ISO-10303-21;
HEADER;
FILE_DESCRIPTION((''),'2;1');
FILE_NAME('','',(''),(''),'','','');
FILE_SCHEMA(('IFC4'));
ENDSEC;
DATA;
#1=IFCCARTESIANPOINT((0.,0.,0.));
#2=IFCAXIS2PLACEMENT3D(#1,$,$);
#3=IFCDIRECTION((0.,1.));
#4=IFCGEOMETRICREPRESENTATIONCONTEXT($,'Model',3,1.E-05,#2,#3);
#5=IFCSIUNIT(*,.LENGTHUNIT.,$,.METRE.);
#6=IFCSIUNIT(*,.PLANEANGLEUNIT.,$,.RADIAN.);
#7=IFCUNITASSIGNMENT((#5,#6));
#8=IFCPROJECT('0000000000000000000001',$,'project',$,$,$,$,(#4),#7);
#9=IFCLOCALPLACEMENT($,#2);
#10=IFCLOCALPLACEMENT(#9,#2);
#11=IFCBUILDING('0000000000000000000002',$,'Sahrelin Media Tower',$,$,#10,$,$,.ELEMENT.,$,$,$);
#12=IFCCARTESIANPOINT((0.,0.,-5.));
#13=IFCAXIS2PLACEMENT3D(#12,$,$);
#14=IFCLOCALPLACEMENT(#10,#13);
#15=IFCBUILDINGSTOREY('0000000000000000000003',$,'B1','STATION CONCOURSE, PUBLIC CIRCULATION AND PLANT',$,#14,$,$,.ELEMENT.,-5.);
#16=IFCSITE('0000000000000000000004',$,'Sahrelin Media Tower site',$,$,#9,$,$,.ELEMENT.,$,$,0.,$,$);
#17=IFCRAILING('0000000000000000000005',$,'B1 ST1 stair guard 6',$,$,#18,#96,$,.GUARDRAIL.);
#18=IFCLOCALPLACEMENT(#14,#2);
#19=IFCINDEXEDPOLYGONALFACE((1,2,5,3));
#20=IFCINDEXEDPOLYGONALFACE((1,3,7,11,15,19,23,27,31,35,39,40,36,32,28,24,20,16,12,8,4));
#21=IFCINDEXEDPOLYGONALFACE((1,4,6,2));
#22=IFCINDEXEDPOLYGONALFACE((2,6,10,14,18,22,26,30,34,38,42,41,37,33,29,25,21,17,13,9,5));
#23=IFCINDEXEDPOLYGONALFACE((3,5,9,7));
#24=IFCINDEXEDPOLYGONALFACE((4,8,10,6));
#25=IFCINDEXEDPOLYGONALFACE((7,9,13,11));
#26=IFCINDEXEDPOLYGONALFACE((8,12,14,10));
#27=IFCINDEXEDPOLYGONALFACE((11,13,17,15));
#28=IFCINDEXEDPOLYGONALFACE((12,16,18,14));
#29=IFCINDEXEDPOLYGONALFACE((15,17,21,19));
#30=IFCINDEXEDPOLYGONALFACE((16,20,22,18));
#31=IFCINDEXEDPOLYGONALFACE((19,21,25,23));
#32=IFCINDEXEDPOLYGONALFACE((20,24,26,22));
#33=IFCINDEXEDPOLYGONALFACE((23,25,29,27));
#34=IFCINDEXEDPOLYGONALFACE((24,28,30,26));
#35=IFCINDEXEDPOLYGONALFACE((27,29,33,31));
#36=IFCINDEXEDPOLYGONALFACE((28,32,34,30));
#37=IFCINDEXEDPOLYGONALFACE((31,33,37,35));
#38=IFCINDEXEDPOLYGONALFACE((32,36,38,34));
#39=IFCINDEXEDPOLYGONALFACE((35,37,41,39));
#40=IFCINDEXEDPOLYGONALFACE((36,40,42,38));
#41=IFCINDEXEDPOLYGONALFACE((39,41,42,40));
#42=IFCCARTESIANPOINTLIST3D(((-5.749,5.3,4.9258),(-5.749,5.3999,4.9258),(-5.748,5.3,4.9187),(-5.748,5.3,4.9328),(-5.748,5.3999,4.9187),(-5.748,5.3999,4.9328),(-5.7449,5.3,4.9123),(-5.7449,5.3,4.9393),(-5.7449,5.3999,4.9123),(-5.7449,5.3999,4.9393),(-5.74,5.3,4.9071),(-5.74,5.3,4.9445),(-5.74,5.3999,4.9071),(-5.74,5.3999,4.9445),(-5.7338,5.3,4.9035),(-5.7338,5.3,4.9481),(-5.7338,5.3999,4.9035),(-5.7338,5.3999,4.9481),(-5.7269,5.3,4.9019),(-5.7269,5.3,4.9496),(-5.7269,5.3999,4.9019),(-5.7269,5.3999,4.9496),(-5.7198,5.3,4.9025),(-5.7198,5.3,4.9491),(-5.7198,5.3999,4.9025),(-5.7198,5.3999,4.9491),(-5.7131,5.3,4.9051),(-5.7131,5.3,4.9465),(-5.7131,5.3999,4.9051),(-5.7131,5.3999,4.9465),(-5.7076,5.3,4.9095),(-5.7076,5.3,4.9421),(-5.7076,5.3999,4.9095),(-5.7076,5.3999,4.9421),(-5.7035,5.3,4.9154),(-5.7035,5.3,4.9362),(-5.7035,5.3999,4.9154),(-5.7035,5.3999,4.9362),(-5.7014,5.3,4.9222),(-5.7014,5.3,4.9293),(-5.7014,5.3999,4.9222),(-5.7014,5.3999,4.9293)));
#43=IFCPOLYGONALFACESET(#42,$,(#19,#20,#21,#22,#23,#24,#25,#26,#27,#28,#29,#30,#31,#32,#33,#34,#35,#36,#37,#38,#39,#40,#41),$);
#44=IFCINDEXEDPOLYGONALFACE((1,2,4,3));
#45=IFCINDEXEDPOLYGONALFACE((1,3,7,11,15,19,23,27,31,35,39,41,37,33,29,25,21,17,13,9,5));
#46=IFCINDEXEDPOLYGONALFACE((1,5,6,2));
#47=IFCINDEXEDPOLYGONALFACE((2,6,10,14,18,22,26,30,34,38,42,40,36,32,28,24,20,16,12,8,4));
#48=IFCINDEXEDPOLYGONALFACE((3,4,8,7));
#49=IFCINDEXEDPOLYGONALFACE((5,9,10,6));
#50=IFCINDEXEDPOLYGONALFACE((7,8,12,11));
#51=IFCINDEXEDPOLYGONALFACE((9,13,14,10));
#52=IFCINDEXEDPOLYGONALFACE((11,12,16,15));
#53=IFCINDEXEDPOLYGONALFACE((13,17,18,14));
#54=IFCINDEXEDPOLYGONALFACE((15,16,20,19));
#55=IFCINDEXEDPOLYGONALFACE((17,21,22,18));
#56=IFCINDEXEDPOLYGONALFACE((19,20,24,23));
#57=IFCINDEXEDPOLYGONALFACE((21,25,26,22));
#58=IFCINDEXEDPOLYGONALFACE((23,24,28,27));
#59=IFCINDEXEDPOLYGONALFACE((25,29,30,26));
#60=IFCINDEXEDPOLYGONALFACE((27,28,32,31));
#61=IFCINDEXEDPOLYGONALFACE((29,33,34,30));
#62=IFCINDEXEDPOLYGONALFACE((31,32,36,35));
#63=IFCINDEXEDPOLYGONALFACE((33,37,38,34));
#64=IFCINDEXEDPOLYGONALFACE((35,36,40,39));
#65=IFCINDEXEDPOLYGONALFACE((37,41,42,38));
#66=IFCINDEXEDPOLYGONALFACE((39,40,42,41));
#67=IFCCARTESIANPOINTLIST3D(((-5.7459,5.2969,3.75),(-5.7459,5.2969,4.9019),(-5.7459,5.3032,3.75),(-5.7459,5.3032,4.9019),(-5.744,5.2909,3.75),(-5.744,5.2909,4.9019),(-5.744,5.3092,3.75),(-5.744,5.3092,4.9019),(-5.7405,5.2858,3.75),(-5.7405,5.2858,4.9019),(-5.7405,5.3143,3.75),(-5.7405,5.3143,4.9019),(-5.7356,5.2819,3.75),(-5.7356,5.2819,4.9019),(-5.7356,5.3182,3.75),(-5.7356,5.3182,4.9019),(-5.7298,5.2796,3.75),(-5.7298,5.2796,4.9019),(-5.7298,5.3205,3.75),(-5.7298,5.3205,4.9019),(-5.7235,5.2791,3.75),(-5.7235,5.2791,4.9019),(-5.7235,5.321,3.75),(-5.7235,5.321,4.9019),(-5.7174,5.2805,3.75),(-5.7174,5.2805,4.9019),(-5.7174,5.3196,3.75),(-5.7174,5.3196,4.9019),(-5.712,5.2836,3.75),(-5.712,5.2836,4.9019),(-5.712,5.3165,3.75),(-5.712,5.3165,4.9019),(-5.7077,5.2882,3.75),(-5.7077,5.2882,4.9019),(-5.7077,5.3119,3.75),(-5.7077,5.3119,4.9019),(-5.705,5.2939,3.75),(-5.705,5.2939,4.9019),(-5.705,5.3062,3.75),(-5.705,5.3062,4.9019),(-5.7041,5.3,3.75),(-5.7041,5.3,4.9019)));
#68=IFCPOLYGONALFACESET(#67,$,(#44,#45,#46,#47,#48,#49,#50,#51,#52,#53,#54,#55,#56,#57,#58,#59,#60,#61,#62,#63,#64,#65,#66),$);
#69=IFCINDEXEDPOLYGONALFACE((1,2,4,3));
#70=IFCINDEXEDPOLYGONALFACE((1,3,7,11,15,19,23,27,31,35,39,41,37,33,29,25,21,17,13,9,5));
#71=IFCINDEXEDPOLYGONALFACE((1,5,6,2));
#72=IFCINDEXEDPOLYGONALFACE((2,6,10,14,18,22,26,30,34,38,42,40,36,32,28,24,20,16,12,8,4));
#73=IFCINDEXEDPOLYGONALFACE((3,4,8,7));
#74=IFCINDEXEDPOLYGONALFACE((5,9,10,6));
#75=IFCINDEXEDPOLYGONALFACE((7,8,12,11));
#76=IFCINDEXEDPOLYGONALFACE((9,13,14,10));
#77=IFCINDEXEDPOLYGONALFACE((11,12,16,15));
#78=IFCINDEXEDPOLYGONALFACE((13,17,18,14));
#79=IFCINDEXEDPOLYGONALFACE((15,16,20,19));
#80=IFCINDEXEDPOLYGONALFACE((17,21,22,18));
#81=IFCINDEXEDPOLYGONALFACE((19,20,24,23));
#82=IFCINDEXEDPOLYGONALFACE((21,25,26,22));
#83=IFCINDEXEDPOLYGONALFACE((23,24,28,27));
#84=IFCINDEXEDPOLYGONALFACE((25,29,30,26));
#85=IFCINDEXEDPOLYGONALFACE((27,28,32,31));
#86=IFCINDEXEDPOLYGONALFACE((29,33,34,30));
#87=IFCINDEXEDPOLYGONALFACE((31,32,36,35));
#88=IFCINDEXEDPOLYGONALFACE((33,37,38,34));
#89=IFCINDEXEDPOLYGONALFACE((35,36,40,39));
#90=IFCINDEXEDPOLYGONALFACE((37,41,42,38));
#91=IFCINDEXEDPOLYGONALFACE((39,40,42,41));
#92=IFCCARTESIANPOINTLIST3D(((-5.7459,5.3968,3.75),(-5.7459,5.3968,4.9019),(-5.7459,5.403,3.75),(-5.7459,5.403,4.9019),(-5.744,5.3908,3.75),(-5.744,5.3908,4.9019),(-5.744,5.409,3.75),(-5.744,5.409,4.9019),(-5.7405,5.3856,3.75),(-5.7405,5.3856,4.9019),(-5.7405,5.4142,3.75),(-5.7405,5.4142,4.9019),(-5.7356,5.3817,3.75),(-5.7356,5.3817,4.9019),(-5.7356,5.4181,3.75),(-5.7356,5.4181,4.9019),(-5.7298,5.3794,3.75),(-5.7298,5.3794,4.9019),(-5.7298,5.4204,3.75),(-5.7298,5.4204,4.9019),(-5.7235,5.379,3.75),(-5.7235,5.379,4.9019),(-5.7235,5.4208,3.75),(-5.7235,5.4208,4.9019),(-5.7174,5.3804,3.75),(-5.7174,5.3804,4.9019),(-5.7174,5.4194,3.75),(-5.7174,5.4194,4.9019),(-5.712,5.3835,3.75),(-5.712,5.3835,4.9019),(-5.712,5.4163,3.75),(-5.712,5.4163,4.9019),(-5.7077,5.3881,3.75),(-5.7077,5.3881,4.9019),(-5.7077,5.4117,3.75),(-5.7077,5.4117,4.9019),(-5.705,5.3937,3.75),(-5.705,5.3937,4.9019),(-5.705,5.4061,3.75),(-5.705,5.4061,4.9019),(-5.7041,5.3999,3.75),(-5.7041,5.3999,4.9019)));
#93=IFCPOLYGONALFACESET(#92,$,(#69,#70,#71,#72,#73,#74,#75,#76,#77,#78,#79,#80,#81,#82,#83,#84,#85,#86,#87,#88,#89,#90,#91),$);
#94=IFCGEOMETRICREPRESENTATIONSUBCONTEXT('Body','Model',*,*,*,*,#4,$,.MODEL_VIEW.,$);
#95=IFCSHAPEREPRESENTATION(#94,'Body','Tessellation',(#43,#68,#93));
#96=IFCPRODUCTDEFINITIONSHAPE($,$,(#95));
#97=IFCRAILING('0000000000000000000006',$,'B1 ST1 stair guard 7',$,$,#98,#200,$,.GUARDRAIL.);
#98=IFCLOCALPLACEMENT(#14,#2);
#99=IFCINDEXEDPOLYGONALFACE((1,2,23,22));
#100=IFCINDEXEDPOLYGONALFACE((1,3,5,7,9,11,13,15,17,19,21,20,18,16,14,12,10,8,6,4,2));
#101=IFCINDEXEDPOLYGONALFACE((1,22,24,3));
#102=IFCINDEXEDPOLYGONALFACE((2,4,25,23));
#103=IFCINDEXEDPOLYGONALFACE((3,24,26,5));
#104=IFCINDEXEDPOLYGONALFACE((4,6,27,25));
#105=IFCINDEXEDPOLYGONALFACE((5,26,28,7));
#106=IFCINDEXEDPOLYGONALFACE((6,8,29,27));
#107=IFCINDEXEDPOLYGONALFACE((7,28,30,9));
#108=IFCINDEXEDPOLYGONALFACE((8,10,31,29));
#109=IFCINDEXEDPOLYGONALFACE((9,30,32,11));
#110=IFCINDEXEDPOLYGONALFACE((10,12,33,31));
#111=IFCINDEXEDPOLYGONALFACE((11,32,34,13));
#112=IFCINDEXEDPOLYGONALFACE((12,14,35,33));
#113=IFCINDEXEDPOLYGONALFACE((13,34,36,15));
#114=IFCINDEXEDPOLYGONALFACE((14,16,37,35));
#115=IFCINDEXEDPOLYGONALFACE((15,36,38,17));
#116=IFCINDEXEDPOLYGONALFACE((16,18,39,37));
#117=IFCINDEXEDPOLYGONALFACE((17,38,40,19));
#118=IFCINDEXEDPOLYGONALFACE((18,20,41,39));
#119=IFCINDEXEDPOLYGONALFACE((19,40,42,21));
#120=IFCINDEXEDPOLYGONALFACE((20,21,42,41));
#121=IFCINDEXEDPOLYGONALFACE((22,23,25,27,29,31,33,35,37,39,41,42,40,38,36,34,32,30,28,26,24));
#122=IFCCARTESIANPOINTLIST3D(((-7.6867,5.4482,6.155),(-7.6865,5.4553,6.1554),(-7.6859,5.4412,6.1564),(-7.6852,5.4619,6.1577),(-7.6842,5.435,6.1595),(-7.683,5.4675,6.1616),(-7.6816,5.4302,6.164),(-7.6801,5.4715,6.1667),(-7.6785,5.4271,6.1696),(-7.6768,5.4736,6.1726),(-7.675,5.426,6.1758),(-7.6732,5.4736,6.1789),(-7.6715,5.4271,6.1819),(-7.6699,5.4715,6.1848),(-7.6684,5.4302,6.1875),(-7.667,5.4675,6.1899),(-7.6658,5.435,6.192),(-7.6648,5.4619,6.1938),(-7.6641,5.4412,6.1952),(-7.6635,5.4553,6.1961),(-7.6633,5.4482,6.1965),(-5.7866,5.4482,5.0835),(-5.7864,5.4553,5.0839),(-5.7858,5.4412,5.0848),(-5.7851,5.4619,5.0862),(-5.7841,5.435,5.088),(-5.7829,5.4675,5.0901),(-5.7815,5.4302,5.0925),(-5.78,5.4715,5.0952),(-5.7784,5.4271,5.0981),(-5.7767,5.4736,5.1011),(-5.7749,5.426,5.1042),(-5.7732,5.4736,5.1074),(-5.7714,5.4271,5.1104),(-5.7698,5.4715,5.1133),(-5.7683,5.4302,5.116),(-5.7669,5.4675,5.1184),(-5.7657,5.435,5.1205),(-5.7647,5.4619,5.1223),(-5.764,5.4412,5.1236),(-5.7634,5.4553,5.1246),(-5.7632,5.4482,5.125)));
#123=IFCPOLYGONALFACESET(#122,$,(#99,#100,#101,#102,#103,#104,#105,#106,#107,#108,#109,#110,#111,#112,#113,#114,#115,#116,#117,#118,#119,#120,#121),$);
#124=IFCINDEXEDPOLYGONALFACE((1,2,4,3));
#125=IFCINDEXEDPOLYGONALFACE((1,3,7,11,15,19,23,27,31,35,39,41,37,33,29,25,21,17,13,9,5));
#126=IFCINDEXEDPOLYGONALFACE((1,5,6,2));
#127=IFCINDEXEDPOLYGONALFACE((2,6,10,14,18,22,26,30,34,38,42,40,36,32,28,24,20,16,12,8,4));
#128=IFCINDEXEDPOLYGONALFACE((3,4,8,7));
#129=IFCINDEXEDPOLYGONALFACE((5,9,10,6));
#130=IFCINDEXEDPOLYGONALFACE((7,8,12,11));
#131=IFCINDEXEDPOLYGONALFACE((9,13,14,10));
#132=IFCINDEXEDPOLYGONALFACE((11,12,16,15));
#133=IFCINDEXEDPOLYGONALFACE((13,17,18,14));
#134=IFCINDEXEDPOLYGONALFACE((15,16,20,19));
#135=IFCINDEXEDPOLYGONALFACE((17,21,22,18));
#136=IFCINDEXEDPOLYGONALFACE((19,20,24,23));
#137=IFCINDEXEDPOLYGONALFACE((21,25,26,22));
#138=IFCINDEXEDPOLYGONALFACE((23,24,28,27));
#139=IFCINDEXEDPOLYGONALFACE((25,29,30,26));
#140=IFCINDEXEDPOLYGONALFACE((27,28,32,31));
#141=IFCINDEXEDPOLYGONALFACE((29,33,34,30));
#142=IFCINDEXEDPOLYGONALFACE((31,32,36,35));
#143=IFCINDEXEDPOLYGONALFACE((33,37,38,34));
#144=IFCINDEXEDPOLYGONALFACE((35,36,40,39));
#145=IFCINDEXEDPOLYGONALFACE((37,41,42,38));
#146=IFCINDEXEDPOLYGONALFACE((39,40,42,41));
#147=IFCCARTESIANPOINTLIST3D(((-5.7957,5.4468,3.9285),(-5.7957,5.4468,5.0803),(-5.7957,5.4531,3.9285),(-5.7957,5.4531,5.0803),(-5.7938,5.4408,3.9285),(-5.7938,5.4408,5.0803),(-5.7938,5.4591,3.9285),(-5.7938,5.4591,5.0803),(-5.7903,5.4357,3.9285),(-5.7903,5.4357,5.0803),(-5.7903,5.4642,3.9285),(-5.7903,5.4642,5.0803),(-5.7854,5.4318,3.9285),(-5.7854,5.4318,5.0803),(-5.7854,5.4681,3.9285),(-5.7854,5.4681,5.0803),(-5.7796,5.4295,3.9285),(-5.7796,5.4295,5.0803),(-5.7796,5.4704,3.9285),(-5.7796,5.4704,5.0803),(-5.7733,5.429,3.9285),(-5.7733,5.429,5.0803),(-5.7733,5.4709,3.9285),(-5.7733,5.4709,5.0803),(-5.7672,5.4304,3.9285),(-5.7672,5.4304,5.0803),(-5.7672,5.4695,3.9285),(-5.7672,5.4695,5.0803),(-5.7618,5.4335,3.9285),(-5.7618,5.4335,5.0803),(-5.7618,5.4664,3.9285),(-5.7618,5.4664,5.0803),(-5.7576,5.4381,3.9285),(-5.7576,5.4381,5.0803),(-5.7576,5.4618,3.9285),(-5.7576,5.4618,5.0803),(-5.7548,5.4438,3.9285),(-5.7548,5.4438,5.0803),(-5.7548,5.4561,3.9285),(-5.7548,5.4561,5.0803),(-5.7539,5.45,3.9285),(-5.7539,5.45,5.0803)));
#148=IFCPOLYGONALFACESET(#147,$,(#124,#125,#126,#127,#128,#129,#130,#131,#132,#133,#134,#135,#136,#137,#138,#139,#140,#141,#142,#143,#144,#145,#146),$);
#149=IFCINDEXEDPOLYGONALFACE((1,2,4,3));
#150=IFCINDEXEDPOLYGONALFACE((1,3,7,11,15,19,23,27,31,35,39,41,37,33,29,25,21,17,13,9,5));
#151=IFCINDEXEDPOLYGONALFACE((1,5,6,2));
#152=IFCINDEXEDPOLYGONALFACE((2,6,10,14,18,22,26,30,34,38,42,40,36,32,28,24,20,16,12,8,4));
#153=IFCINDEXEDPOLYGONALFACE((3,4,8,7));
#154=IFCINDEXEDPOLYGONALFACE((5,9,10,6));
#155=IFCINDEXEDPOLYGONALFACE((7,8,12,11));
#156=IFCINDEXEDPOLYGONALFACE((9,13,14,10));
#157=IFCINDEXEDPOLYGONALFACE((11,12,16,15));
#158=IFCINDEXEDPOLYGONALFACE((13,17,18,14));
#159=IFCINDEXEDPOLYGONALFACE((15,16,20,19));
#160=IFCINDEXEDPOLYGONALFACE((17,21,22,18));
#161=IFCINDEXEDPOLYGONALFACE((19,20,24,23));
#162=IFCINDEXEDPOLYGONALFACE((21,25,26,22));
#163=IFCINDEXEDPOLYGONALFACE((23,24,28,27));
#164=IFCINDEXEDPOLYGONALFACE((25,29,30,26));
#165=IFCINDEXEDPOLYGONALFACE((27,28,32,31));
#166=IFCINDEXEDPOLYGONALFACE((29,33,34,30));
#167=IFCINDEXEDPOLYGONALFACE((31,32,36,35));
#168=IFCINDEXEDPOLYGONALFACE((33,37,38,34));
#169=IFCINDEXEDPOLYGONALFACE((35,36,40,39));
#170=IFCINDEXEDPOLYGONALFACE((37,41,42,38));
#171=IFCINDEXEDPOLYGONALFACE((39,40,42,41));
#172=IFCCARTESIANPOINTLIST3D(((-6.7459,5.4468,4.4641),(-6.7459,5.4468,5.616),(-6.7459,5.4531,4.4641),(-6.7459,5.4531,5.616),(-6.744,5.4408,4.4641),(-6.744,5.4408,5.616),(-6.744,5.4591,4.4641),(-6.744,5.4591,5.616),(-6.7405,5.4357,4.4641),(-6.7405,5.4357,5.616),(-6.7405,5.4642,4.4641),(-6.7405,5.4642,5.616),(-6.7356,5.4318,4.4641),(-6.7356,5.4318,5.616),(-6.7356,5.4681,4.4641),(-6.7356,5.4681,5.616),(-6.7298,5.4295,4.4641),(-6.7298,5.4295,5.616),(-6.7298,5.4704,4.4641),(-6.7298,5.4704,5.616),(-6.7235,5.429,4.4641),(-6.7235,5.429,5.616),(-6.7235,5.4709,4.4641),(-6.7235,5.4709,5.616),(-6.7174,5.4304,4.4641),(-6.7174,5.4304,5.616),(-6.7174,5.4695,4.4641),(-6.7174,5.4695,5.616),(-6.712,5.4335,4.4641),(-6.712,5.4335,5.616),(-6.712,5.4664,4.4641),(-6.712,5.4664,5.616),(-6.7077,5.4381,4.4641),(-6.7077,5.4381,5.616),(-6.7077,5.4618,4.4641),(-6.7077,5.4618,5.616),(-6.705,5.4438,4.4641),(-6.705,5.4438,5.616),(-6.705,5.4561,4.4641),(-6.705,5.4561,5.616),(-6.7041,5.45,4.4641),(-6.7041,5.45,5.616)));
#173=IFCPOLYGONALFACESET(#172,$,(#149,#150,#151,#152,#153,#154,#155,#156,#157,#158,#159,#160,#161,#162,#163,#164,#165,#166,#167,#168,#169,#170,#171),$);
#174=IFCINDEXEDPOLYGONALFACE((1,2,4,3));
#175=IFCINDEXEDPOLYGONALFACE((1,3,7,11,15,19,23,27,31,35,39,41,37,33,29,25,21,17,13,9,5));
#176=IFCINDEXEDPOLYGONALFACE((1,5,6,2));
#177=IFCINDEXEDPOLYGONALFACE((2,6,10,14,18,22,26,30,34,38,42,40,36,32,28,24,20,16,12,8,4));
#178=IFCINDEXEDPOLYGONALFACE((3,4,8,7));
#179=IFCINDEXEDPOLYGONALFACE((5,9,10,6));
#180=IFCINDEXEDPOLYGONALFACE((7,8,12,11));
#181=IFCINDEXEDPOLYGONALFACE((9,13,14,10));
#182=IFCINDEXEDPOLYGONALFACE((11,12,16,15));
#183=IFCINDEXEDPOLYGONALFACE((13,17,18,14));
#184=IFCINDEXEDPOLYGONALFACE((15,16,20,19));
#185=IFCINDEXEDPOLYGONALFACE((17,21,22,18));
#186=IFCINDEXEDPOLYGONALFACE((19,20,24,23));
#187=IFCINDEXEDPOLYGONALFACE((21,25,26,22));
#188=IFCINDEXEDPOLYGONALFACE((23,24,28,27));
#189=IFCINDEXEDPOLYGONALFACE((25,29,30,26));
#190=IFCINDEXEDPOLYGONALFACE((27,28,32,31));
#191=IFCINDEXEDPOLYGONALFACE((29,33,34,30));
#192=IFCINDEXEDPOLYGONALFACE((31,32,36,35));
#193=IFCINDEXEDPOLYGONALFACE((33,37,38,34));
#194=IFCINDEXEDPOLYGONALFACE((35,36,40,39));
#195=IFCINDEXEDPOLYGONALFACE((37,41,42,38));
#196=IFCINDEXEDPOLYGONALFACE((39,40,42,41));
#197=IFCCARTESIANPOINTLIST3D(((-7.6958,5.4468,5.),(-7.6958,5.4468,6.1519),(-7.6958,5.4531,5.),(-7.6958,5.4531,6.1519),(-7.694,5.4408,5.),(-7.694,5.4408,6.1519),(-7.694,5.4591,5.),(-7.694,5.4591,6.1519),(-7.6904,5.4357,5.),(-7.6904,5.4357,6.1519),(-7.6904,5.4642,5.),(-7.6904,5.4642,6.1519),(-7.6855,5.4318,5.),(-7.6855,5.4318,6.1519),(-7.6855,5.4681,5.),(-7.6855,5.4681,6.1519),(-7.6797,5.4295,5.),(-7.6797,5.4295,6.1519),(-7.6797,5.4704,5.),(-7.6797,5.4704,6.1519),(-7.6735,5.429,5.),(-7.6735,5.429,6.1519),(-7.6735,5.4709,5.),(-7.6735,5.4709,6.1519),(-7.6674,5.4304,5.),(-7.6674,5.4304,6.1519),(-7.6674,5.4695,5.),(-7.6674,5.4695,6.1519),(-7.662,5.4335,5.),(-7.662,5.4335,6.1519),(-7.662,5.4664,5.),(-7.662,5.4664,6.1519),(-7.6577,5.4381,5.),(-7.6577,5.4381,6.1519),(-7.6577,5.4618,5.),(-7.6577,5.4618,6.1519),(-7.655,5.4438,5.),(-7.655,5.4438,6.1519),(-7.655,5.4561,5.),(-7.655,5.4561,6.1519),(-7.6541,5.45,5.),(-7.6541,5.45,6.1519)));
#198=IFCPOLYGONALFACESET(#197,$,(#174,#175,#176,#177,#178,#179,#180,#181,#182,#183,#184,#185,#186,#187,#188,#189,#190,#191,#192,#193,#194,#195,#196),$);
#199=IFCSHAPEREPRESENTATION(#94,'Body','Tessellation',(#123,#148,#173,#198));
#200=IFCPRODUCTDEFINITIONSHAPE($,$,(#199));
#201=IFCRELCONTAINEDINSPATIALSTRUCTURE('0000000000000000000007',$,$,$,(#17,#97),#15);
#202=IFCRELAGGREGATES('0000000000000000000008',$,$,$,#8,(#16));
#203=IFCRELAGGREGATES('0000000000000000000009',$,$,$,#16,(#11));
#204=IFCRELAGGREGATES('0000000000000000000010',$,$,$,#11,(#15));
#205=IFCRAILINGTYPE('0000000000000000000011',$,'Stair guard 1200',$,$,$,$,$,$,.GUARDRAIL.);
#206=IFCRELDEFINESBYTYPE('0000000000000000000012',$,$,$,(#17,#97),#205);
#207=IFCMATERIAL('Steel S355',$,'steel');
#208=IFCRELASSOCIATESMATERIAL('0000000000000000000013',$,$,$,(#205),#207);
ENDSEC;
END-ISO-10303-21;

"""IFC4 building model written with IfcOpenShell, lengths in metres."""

from ifc_helpers import new_model, si_unit, direction, frame, origin, origin_2d, place, context, subcontext, project, spatial, circle, extrude, material, type_object, element, save


model = new_model("IFC4")

# Units and contexts
model_context = context("Model", 3, precision=1e-05, world=origin(), true_north=direction((0.0, 1.0)))
body_context = subcontext(model_context, "Body", "Model", "MODEL_VIEW")
ifc_project = project(units=[si_unit("LENGTHUNIT", "METRE"), si_unit("PLANEANGLEUNIT", "RADIAN")], contexts=[model_context])

# Site, building, storey
site_placement = place(None, origin())
site = spatial("IfcSite", under=ifc_project, at=site_placement, Name="Sahrelin Media Tower site", CompositionType="ELEMENT", RefElevation=0.0)
building_placement = place(site_placement, origin())
building = spatial("IfcBuilding", under=site, at=building_placement, Name="Sahrelin Media Tower", CompositionType="ELEMENT")
storey_placement = place(building_placement, frame((0.0, 0.0, -5.0)))
storey = spatial("IfcBuildingStorey", under=building, at=storey_placement, Name="B1", Description="STATION CONCOURSE, PUBLIC CIRCULATION AND PLANT", CompositionType="ELEMENT", Elevation=-5.0)

# Railings
ifc_material_1 = material(Name="Steel S355", Category="steel")
railing_type_1 = type_object("IfcRailingType", Name="Stair guard 1200", PredefinedType="GUARDRAIL", material=ifc_material_1)
railing_1_placement = place(storey_placement, frame((-5.7251, 5.3, 3.75)))
element("IfcRailing", 1, at=railing_1_placement, inside=storey, type_object=railing_type_1, Name="B1 ST1 stair guard 6", PredefinedType="GUARDRAIL", context=body_context, shape_type="SweptSolid", body=[
    extrude(circle(Radius=0.0239, at=origin_2d()), frame((0.0, 0.0, 1.1758), z_axis=(0.0, 1.0, 0.0), x_axis=(-1.0, 0.0, 0.0)), (0.0, 0.0, 1.0), 0.0999),
    extrude(circle(Radius=0.021, at=origin_2d()), origin(), (0.0, 0.0, 1.0), 1.1519),
    extrude(circle(Radius=0.021, at=origin_2d()), frame((0.0, 0.0999, 0.0)), (0.0, 0.0, 1.0), 1.1519),
])
railing_2_placement = place(storey_placement, frame((-5.7749, 5.45, 3.9285)))
element("IfcRailing", 2, at=railing_2_placement, inside=storey, type_object=railing_type_1, Name="B1 ST1 stair guard 7", PredefinedType="GUARDRAIL", context=body_context, shape_type="SweptSolid", body=[
    extrude(circle(Radius=0.0239, at=origin_2d()), frame((0.0, 0.0, 1.1758), z_axis=(-0.871046, 0.0, 0.491201), x_axis=(0.0, -1.0, 0.0)), (0.0, 0.0, 1.0), 2.1814),
    extrude(circle(Radius=0.021, at=origin_2d()), origin(), (0.0, 0.0, 1.0), 1.1519),
    extrude(circle(Radius=0.021, at=origin_2d()), frame((-0.9502, 0.0, 0.5356)), (0.0, 0.0, 1.0), 1.1519),
    extrude(circle(Radius=0.021, at=origin_2d()), frame((-1.9001, 0.0, 1.0715)), (0.0, 0.0, 1.0), 1.1519),
])

save(model, "model.ifc")
